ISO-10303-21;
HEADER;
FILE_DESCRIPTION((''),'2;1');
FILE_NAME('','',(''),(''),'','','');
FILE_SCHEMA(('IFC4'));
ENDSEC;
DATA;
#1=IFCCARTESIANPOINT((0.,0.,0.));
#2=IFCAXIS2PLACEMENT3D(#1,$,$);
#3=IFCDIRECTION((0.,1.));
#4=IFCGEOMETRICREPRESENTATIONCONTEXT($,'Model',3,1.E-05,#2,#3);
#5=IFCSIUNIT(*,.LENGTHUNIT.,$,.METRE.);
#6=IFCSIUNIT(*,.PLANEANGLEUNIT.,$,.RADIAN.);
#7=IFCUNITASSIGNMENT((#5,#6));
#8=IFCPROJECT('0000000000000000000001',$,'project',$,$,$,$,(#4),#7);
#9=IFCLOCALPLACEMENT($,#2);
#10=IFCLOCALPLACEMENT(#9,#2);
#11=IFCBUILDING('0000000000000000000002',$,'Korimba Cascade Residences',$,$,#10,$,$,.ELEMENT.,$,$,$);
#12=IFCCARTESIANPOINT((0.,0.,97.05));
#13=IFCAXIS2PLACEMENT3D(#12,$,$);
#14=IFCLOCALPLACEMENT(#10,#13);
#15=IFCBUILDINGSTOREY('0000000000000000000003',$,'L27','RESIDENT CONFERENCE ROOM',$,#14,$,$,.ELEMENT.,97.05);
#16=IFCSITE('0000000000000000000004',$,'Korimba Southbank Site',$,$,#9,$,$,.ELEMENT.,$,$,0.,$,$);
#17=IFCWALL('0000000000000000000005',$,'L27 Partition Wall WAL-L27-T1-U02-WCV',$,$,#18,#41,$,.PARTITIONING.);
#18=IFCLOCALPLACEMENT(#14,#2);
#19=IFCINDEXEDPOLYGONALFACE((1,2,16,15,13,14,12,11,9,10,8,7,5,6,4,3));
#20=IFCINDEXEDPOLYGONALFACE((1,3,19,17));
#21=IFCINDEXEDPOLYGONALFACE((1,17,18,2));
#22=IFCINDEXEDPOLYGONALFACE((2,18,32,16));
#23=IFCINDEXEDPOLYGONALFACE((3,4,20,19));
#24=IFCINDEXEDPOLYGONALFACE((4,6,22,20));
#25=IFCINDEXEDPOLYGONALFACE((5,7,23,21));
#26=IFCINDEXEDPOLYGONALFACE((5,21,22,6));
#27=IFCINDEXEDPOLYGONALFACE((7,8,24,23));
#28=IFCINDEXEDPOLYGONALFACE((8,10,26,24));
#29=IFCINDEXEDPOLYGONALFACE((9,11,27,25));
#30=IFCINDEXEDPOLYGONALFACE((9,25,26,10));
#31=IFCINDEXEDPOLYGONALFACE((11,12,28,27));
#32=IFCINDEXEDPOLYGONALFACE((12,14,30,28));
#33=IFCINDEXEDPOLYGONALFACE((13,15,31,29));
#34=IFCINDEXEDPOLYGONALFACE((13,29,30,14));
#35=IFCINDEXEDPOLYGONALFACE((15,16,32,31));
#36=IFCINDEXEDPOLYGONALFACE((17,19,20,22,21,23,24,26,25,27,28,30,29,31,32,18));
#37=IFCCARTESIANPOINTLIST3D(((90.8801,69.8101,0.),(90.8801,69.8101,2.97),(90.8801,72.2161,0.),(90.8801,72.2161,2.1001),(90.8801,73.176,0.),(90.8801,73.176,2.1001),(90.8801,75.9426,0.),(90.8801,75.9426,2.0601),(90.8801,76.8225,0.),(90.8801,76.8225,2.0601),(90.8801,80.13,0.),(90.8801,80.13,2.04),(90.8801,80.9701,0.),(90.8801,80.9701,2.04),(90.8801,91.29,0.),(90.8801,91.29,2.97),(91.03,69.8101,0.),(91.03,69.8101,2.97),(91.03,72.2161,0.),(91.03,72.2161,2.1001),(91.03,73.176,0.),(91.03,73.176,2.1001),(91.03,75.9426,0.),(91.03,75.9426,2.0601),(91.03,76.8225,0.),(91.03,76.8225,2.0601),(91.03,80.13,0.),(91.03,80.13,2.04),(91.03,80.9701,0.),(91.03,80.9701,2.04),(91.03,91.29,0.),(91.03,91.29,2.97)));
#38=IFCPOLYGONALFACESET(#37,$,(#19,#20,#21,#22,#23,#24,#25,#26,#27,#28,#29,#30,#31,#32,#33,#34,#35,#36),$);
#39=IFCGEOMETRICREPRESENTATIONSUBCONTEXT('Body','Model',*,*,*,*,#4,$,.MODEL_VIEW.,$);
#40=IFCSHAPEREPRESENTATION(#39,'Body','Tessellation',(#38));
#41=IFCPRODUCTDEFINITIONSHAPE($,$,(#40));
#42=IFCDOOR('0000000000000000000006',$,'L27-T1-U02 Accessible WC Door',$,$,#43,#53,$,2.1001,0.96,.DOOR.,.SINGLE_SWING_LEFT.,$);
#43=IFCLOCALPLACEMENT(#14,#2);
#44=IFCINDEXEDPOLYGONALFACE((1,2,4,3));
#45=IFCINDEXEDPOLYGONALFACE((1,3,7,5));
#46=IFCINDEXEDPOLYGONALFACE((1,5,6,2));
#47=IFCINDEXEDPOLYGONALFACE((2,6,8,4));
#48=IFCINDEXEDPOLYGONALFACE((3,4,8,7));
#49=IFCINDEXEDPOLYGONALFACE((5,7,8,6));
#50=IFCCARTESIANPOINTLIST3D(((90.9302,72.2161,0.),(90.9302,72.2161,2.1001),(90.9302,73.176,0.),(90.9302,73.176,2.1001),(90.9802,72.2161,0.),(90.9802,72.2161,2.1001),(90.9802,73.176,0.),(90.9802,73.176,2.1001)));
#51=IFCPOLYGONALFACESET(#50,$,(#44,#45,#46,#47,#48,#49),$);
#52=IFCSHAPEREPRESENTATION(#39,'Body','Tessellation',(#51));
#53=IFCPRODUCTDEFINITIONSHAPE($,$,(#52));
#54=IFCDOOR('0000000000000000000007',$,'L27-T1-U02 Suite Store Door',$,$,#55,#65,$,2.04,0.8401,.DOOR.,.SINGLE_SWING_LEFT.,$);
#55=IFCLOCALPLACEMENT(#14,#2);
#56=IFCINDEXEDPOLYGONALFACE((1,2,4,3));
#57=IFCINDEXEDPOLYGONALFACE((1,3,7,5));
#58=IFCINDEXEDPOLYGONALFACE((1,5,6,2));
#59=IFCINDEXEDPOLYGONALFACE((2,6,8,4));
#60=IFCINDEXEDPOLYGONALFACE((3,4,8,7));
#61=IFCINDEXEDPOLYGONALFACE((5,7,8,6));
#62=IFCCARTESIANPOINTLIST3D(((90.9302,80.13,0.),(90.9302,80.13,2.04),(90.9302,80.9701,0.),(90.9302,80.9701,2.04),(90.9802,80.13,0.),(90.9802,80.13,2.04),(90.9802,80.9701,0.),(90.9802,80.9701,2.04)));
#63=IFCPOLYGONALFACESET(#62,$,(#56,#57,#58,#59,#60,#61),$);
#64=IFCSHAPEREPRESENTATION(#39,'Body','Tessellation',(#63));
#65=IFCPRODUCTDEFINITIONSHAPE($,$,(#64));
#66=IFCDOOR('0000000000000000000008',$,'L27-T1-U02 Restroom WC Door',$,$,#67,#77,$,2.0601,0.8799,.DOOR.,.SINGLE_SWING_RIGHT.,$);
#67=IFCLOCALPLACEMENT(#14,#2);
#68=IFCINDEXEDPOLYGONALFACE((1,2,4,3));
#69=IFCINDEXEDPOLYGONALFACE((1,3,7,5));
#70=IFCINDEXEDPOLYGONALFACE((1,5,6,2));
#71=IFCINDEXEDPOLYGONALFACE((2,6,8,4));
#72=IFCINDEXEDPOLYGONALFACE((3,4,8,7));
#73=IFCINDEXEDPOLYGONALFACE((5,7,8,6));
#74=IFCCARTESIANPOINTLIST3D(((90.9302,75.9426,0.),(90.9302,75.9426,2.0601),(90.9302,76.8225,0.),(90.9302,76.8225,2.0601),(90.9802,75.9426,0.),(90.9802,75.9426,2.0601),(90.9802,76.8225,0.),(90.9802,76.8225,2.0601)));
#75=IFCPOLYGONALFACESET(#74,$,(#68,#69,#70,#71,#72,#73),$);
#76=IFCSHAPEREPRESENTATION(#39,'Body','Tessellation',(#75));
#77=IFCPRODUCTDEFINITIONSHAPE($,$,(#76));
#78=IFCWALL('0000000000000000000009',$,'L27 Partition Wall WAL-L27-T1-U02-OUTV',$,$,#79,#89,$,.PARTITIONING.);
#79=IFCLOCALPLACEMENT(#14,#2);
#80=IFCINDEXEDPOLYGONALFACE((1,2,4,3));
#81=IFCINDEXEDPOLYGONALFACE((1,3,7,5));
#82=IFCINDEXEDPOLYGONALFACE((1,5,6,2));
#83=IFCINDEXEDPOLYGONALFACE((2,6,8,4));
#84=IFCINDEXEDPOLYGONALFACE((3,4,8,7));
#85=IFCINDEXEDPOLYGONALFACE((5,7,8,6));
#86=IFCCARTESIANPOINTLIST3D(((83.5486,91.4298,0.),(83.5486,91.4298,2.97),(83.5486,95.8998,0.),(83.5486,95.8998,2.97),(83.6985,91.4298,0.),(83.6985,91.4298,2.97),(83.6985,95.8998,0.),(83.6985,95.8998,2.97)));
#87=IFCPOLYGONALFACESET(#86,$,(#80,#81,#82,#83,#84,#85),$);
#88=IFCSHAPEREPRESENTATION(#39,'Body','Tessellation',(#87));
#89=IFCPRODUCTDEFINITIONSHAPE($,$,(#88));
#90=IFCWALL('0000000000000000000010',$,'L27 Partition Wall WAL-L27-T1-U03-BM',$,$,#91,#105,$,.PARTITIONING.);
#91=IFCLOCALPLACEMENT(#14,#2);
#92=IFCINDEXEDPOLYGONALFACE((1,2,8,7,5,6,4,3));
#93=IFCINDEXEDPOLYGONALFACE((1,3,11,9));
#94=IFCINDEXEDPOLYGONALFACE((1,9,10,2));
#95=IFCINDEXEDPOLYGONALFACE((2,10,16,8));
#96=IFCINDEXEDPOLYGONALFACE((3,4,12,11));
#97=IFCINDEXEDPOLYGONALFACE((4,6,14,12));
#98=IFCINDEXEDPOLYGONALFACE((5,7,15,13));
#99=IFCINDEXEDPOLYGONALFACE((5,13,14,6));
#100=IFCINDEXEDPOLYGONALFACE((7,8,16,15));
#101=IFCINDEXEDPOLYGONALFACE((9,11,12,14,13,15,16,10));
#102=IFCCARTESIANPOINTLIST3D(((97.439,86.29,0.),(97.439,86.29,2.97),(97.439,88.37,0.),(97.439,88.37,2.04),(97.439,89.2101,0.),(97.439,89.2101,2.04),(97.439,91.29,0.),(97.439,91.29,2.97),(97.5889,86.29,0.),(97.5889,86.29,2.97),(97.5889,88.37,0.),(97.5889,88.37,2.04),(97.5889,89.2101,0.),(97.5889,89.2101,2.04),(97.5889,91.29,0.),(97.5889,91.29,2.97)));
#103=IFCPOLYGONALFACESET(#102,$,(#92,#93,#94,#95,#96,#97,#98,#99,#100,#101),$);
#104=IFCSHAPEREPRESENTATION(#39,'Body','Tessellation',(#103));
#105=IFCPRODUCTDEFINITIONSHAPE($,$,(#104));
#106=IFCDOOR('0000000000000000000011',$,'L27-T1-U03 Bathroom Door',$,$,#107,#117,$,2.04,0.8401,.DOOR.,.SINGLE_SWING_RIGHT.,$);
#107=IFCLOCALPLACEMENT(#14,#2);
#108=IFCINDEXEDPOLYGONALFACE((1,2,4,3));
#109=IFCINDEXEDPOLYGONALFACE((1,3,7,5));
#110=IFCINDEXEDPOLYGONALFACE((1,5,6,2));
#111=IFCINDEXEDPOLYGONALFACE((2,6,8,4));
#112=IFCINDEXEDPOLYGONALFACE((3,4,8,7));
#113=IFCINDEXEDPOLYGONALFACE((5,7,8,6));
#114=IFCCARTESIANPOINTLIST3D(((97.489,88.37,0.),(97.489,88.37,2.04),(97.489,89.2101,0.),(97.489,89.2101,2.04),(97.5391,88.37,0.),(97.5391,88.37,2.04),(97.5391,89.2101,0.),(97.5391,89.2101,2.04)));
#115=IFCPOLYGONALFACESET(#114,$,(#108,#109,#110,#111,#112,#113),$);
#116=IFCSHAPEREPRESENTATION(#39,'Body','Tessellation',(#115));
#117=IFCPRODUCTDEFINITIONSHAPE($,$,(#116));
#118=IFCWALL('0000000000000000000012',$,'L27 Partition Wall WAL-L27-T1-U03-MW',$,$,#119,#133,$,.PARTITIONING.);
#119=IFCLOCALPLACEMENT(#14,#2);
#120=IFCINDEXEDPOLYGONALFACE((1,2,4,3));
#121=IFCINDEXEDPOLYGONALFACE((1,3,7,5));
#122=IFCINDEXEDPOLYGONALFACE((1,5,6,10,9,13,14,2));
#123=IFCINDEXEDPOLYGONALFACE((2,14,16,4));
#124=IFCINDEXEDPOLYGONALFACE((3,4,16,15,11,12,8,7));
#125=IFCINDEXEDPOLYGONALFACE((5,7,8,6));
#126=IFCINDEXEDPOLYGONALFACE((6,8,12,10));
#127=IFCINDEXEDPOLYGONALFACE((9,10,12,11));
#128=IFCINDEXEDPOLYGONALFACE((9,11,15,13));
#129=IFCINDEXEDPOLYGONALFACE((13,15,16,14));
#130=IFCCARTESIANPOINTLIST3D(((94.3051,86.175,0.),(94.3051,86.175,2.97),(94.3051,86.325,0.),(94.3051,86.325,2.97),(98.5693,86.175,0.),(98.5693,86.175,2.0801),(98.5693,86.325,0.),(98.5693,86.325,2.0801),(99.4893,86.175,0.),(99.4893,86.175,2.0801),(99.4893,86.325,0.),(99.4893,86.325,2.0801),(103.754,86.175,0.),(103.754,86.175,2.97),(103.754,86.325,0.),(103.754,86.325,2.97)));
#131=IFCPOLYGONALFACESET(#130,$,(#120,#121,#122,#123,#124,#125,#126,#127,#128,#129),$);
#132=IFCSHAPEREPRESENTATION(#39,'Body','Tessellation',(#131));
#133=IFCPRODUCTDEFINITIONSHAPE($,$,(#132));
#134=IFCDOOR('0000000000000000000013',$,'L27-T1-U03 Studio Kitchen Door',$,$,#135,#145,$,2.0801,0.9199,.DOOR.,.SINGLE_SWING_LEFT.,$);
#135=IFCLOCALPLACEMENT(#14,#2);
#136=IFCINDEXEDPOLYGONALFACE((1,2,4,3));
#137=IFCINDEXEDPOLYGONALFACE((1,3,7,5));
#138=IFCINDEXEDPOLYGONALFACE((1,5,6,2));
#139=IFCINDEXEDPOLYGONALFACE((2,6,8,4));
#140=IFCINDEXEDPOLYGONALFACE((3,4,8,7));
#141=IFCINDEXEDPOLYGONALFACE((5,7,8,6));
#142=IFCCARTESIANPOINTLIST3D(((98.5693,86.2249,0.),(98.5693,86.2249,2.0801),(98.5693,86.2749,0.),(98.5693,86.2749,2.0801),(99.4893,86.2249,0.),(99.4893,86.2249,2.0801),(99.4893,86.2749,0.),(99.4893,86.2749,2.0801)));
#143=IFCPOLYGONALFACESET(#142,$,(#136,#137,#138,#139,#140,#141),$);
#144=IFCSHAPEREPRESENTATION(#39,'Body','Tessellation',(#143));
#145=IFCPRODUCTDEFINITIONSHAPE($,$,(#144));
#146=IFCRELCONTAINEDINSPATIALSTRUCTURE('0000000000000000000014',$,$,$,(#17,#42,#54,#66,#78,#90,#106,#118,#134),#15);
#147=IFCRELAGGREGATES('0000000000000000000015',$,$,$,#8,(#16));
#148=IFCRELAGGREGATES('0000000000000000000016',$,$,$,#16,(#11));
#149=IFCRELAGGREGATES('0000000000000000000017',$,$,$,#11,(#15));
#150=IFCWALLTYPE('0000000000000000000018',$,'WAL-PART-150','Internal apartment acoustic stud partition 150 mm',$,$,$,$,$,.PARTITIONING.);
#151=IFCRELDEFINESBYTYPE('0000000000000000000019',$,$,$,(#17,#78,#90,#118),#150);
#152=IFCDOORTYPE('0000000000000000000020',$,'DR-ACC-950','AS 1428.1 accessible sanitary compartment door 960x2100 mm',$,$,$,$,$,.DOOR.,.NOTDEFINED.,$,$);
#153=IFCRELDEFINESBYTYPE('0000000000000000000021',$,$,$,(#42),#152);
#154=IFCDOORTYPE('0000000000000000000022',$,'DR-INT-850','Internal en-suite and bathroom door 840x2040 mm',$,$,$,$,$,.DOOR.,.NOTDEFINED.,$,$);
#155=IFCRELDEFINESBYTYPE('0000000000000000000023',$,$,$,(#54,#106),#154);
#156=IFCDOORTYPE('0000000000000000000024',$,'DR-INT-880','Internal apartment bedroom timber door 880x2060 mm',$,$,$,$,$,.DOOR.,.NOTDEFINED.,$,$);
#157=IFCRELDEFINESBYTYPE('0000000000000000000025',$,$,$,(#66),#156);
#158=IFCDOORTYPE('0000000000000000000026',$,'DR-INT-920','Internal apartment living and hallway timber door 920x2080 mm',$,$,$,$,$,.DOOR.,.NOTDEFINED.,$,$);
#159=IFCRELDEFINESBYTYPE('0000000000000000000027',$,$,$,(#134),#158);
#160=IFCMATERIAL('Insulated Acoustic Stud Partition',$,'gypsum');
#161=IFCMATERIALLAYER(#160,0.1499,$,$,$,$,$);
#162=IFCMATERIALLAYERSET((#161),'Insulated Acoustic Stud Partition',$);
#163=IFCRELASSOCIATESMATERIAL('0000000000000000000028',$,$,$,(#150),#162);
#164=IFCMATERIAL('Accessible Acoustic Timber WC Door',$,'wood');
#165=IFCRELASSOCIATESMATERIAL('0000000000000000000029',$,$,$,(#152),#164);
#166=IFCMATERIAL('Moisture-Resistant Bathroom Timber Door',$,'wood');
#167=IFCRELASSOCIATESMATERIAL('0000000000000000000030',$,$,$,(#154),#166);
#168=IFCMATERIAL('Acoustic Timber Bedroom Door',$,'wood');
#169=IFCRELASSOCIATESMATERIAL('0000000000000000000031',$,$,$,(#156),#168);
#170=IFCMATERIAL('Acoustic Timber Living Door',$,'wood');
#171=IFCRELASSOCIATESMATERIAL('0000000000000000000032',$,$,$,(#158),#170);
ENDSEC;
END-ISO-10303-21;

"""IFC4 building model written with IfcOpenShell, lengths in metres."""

from ifc_helpers import new_model, si_unit, direction, frame, frame_2d, origin, place, context, subcontext, project, spatial, rectangle, extrude, material, layer, layer_set, type_object, element, fill, save


model = new_model("IFC4")

# Units and contexts
model_context = context("Model", 3, precision=1e-05, world=origin(), true_north=direction((0.0, 1.0)))
body_context = subcontext(model_context, "Body", "Model", "MODEL_VIEW")
ifc_project = project(units=[si_unit("LENGTHUNIT", "METRE"), si_unit("PLANEANGLEUNIT", "RADIAN")], contexts=[model_context])

# Site, building, storey
site_placement = place(None, origin())
site = spatial("IfcSite", under=ifc_project, at=site_placement, Name="Korimba Southbank Site", CompositionType="ELEMENT", RefElevation=0.0)
building_placement = place(site_placement, origin())
building = spatial("IfcBuilding", under=site, at=building_placement, Name="Korimba Cascade Residences", CompositionType="ELEMENT")
storey_placement = place(building_placement, frame((0.0, 0.0, 97.05)))
storey = spatial("IfcBuildingStorey", under=building, at=storey_placement, Name="L27", Description="RESIDENT CONFERENCE ROOM", CompositionType="ELEMENT", Elevation=97.05)

# Shared definitions
ifc_material_1 = material(Name="Insulated Acoustic Stud Partition", Category="gypsum")
ifc_layer_1 = layer(ifc_material_1, 0.1499)
ifc_layer_set_1 = layer_set([ifc_layer_1], Name="Insulated Acoustic Stud Partition")
wall_type_1 = type_object("IfcWallType", Name="WAL-PART-150", Description="Internal apartment acoustic stud partition 150 mm", PredefinedType="PARTITIONING", material=ifc_layer_set_1)

# Wall, openings, doors
wall_1_placement = place(storey_placement, frame((90.9551, 69.8101, 0.0), z_axis=(0.0, 0.0, 1.0), x_axis=(0.0, 1.0, 0.0)))
wall_1 = element("IfcWall", 1, at=wall_1_placement, inside=storey, type_object=wall_type_1, Name="L27 Partition Wall WAL-L27-T1-U02-WCV", PredefinedType="PARTITIONING", context=body_context, shape_type="SweptSolid", body=[
    extrude(rectangle(XDim=21.48, YDim=0.1499, at=frame_2d((10.74, 0.0))), origin(), (0.0, 0.0, 1.0), 2.97),
])
opening_1_placement = place(wall_1_placement, frame((2.406, 0.0, 0.0)))
opening_1 = element("IfcOpeningElement", 2, at=opening_1_placement, cuts=wall_1, PredefinedType="OPENING", context=body_context, shape_type="SweptSolid", body=[
    extrude(rectangle(XDim=0.96, YDim=2.1001, at=frame_2d((0.48, 1.05))), frame((0.0, 0.085, 0.0), z_axis=(0.0, -1.0, 0.0), x_axis=(1.0, 0.0, 0.0)), (0.0, 0.0, 1.0), 0.1699),
])
opening_2_placement = place(wall_1_placement, frame((6.1326, 0.0, 0.0)))
opening_2 = element("IfcOpeningElement", 3, at=opening_2_placement, cuts=wall_1, PredefinedType="OPENING", context=body_context, shape_type="SweptSolid", body=[
    extrude(rectangle(XDim=0.8799, YDim=2.0601, at=frame_2d((0.4399, 1.03))), frame((0.0, 0.085, 0.0), z_axis=(0.0, -1.0, 0.0), x_axis=(1.0, 0.0, 0.0)), (0.0, 0.0, 1.0), 0.1699),
])
opening_3_placement = place(wall_1_placement, frame((10.3201, 0.0, 0.0)))
opening_3 = element("IfcOpeningElement", 4, at=opening_3_placement, cuts=wall_1, PredefinedType="OPENING", context=body_context, shape_type="SweptSolid", body=[
    extrude(rectangle(XDim=0.8401, YDim=2.04, at=frame_2d((0.4199, 1.02))), frame((0.0, 0.085, 0.0), z_axis=(0.0, -1.0, 0.0), x_axis=(1.0, 0.0, 0.0)), (0.0, 0.0, 1.0), 0.1699),
])
ifc_material_2 = material(Name="Accessible Acoustic Timber WC Door", Category="wood")
door_type_1 = type_object("IfcDoorType", Name="DR-ACC-950", Description="AS 1428.1 accessible sanitary compartment door 960x2100 mm", OperationType="NOTDEFINED", PredefinedType="DOOR", material=ifc_material_2)
door_1_placement = place(opening_1_placement, origin())
door_1 = element("IfcDoor", 5, at=door_1_placement, inside=storey, type_object=door_type_1, Name="L27-T1-U02 Accessible WC Door", OperationType="SINGLE_SWING_LEFT", OverallHeight=2.1001, OverallWidth=0.96, PredefinedType="DOOR", context=body_context, shape_type="SweptSolid", body=[
    extrude(rectangle(XDim=0.96, YDim=2.1001, at=frame_2d((0.48, 1.05))), frame((0.0, 0.0249, 0.0), z_axis=(0.0, -1.0, 0.0), x_axis=(1.0, 0.0, 0.0)), (0.0, 0.0, 1.0), 0.05),
])
fill(opening_1, door_1)
ifc_material_3 = material(Name="Moisture-Resistant Bathroom Timber Door", Category="wood")
door_type_2 = type_object("IfcDoorType", Name="DR-INT-850", Description="Internal en-suite and bathroom door 840x2040 mm", OperationType="NOTDEFINED", PredefinedType="DOOR", material=ifc_material_3)
door_2_placement = place(opening_3_placement, origin())
door_2 = element("IfcDoor", 6, at=door_2_placement, inside=storey, type_object=door_type_2, Name="L27-T1-U02 Suite Store Door", OperationType="SINGLE_SWING_LEFT", OverallHeight=2.04, OverallWidth=0.8401, PredefinedType="DOOR", context=body_context, shape_type="SweptSolid", body=[
    extrude(rectangle(XDim=0.8401, YDim=2.04, at=frame_2d((0.4199, 1.02))), frame((0.0, 0.0249, 0.0), z_axis=(0.0, -1.0, 0.0), x_axis=(1.0, 0.0, 0.0)), (0.0, 0.0, 1.0), 0.05),
])
fill(opening_3, door_2)
ifc_material_4 = material(Name="Acoustic Timber Bedroom Door", Category="wood")
door_type_3 = type_object("IfcDoorType", Name="DR-INT-880", Description="Internal apartment bedroom timber door 880x2060 mm", OperationType="NOTDEFINED", PredefinedType="DOOR", material=ifc_material_4)
door_3_placement = place(opening_2_placement, origin())
door_3 = element("IfcDoor", 7, at=door_3_placement, inside=storey, type_object=door_type_3, Name="L27-T1-U02 Restroom WC Door", OperationType="SINGLE_SWING_RIGHT", OverallHeight=2.0601, OverallWidth=0.8799, PredefinedType="DOOR", context=body_context, shape_type="SweptSolid", body=[
    extrude(rectangle(XDim=0.8799, YDim=2.0601, at=frame_2d((0.4399, 1.03))), frame((0.0, 0.0249, 0.0), z_axis=(0.0, -1.0, 0.0), x_axis=(1.0, 0.0, 0.0)), (0.0, 0.0, 1.0), 0.05),
])
fill(opening_2, door_3)

# Wall
wall_2_placement = place(storey_placement, frame((83.6235, 91.4299, 0.0), z_axis=(0.0, 0.0, 1.0), x_axis=(0.0, 1.0, 0.0)))
element("IfcWall", 8, at=wall_2_placement, inside=storey, type_object=wall_type_1, Name="L27 Partition Wall WAL-L27-T1-U02-OUTV", PredefinedType="PARTITIONING", context=body_context, shape_type="SweptSolid", body=[
    extrude(rectangle(XDim=4.47, YDim=0.1499, at=frame_2d((2.2349, 0.0))), origin(), (0.0, 0.0, 1.0), 2.97),
])

# Walls, openings, doors
wall_3_placement = place(storey_placement, frame((97.5139, 86.29, 0.0), z_axis=(0.0, 0.0, 1.0), x_axis=(0.0, 1.0, 0.0)))
wall_3 = element("IfcWall", 9, at=wall_3_placement, inside=storey, type_object=wall_type_1, Name="L27 Partition Wall WAL-L27-T1-U03-BM", PredefinedType="PARTITIONING", context=body_context, shape_type="SweptSolid", body=[
    extrude(rectangle(XDim=5.0, YDim=0.1499, at=frame_2d((2.5, 0.0))), origin(), (0.0, 0.0, 1.0), 2.97),
])
opening_4_placement = place(wall_3_placement, frame((2.0801, 0.0, 0.0)))
opening_4 = element("IfcOpeningElement", 10, at=opening_4_placement, cuts=wall_3, PredefinedType="OPENING", context=body_context, shape_type="SweptSolid", body=[
    extrude(rectangle(XDim=0.8401, YDim=2.04, at=frame_2d((0.4199, 1.02))), frame((0.0, 0.085, 0.0), z_axis=(0.0, -1.0, 0.0), x_axis=(1.0, 0.0, 0.0)), (0.0, 0.0, 1.0), 0.1699),
])
door_4_placement = place(opening_4_placement, origin())
door_4 = element("IfcDoor", 11, at=door_4_placement, inside=storey, type_object=door_type_2, Name="L27-T1-U03 Bathroom Door", OperationType="SINGLE_SWING_RIGHT", OverallHeight=2.04, OverallWidth=0.8401, PredefinedType="DOOR", context=body_context, shape_type="SweptSolid", body=[
    extrude(rectangle(XDim=0.8401, YDim=2.04, at=frame_2d((0.4199, 1.02))), frame((0.0, 0.0249, 0.0), z_axis=(0.0, -1.0, 0.0), x_axis=(1.0, 0.0, 0.0)), (0.0, 0.0, 1.0), 0.05),
])
fill(opening_4, door_4)
wall_4_placement = place(storey_placement, frame((94.3049, 86.25, 0.0), z_axis=(0.0, 0.0, 1.0), x_axis=(1.0, 0.0, 0.0)))
wall_4 = element("IfcWall", 12, at=wall_4_placement, inside=storey, type_object=wall_type_1, Name="L27 Partition Wall WAL-L27-T1-U03-MW", PredefinedType="PARTITIONING", context=body_context, shape_type="SweptSolid", body=[
    extrude(rectangle(XDim=9.449, YDim=0.1499, at=frame_2d((4.7246, 0.0))), origin(), (0.0, 0.0, 1.0), 2.97),
])
opening_5_placement = place(wall_4_placement, frame((4.2644, 0.0, 0.0)))
opening_5 = element("IfcOpeningElement", 13, at=opening_5_placement, cuts=wall_4, PredefinedType="OPENING", context=body_context, shape_type="SweptSolid", body=[
    extrude(rectangle(XDim=0.9199, YDim=2.0801, at=frame_2d((0.46, 1.04))), frame((0.0, 0.085, 0.0), z_axis=(0.0, -1.0, 0.0), x_axis=(1.0, 0.0, 0.0)), (0.0, 0.0, 1.0), 0.1699),
])
ifc_material_5 = material(Name="Acoustic Timber Living Door", Category="wood")
door_type_4 = type_object("IfcDoorType", Name="DR-INT-920", Description="Internal apartment living and hallway timber door 920x2080 mm", OperationType="NOTDEFINED", PredefinedType="DOOR", material=ifc_material_5)
door_5_placement = place(opening_5_placement, origin())
door_5 = element("IfcDoor", 14, at=door_5_placement, inside=storey, type_object=door_type_4, Name="L27-T1-U03 Studio Kitchen Door", OperationType="SINGLE_SWING_LEFT", OverallHeight=2.0801, OverallWidth=0.9199, PredefinedType="DOOR", context=body_context, shape_type="SweptSolid", body=[
    extrude(rectangle(XDim=0.9199, YDim=2.0801, at=frame_2d((0.46, 1.04))), frame((0.0, 0.0249, 0.0), z_axis=(0.0, -1.0, 0.0), x_axis=(1.0, 0.0, 0.0)), (0.0, 0.0, 1.0), 0.05),
])
fill(opening_5, door_5)

save(model, "model.ifc")
